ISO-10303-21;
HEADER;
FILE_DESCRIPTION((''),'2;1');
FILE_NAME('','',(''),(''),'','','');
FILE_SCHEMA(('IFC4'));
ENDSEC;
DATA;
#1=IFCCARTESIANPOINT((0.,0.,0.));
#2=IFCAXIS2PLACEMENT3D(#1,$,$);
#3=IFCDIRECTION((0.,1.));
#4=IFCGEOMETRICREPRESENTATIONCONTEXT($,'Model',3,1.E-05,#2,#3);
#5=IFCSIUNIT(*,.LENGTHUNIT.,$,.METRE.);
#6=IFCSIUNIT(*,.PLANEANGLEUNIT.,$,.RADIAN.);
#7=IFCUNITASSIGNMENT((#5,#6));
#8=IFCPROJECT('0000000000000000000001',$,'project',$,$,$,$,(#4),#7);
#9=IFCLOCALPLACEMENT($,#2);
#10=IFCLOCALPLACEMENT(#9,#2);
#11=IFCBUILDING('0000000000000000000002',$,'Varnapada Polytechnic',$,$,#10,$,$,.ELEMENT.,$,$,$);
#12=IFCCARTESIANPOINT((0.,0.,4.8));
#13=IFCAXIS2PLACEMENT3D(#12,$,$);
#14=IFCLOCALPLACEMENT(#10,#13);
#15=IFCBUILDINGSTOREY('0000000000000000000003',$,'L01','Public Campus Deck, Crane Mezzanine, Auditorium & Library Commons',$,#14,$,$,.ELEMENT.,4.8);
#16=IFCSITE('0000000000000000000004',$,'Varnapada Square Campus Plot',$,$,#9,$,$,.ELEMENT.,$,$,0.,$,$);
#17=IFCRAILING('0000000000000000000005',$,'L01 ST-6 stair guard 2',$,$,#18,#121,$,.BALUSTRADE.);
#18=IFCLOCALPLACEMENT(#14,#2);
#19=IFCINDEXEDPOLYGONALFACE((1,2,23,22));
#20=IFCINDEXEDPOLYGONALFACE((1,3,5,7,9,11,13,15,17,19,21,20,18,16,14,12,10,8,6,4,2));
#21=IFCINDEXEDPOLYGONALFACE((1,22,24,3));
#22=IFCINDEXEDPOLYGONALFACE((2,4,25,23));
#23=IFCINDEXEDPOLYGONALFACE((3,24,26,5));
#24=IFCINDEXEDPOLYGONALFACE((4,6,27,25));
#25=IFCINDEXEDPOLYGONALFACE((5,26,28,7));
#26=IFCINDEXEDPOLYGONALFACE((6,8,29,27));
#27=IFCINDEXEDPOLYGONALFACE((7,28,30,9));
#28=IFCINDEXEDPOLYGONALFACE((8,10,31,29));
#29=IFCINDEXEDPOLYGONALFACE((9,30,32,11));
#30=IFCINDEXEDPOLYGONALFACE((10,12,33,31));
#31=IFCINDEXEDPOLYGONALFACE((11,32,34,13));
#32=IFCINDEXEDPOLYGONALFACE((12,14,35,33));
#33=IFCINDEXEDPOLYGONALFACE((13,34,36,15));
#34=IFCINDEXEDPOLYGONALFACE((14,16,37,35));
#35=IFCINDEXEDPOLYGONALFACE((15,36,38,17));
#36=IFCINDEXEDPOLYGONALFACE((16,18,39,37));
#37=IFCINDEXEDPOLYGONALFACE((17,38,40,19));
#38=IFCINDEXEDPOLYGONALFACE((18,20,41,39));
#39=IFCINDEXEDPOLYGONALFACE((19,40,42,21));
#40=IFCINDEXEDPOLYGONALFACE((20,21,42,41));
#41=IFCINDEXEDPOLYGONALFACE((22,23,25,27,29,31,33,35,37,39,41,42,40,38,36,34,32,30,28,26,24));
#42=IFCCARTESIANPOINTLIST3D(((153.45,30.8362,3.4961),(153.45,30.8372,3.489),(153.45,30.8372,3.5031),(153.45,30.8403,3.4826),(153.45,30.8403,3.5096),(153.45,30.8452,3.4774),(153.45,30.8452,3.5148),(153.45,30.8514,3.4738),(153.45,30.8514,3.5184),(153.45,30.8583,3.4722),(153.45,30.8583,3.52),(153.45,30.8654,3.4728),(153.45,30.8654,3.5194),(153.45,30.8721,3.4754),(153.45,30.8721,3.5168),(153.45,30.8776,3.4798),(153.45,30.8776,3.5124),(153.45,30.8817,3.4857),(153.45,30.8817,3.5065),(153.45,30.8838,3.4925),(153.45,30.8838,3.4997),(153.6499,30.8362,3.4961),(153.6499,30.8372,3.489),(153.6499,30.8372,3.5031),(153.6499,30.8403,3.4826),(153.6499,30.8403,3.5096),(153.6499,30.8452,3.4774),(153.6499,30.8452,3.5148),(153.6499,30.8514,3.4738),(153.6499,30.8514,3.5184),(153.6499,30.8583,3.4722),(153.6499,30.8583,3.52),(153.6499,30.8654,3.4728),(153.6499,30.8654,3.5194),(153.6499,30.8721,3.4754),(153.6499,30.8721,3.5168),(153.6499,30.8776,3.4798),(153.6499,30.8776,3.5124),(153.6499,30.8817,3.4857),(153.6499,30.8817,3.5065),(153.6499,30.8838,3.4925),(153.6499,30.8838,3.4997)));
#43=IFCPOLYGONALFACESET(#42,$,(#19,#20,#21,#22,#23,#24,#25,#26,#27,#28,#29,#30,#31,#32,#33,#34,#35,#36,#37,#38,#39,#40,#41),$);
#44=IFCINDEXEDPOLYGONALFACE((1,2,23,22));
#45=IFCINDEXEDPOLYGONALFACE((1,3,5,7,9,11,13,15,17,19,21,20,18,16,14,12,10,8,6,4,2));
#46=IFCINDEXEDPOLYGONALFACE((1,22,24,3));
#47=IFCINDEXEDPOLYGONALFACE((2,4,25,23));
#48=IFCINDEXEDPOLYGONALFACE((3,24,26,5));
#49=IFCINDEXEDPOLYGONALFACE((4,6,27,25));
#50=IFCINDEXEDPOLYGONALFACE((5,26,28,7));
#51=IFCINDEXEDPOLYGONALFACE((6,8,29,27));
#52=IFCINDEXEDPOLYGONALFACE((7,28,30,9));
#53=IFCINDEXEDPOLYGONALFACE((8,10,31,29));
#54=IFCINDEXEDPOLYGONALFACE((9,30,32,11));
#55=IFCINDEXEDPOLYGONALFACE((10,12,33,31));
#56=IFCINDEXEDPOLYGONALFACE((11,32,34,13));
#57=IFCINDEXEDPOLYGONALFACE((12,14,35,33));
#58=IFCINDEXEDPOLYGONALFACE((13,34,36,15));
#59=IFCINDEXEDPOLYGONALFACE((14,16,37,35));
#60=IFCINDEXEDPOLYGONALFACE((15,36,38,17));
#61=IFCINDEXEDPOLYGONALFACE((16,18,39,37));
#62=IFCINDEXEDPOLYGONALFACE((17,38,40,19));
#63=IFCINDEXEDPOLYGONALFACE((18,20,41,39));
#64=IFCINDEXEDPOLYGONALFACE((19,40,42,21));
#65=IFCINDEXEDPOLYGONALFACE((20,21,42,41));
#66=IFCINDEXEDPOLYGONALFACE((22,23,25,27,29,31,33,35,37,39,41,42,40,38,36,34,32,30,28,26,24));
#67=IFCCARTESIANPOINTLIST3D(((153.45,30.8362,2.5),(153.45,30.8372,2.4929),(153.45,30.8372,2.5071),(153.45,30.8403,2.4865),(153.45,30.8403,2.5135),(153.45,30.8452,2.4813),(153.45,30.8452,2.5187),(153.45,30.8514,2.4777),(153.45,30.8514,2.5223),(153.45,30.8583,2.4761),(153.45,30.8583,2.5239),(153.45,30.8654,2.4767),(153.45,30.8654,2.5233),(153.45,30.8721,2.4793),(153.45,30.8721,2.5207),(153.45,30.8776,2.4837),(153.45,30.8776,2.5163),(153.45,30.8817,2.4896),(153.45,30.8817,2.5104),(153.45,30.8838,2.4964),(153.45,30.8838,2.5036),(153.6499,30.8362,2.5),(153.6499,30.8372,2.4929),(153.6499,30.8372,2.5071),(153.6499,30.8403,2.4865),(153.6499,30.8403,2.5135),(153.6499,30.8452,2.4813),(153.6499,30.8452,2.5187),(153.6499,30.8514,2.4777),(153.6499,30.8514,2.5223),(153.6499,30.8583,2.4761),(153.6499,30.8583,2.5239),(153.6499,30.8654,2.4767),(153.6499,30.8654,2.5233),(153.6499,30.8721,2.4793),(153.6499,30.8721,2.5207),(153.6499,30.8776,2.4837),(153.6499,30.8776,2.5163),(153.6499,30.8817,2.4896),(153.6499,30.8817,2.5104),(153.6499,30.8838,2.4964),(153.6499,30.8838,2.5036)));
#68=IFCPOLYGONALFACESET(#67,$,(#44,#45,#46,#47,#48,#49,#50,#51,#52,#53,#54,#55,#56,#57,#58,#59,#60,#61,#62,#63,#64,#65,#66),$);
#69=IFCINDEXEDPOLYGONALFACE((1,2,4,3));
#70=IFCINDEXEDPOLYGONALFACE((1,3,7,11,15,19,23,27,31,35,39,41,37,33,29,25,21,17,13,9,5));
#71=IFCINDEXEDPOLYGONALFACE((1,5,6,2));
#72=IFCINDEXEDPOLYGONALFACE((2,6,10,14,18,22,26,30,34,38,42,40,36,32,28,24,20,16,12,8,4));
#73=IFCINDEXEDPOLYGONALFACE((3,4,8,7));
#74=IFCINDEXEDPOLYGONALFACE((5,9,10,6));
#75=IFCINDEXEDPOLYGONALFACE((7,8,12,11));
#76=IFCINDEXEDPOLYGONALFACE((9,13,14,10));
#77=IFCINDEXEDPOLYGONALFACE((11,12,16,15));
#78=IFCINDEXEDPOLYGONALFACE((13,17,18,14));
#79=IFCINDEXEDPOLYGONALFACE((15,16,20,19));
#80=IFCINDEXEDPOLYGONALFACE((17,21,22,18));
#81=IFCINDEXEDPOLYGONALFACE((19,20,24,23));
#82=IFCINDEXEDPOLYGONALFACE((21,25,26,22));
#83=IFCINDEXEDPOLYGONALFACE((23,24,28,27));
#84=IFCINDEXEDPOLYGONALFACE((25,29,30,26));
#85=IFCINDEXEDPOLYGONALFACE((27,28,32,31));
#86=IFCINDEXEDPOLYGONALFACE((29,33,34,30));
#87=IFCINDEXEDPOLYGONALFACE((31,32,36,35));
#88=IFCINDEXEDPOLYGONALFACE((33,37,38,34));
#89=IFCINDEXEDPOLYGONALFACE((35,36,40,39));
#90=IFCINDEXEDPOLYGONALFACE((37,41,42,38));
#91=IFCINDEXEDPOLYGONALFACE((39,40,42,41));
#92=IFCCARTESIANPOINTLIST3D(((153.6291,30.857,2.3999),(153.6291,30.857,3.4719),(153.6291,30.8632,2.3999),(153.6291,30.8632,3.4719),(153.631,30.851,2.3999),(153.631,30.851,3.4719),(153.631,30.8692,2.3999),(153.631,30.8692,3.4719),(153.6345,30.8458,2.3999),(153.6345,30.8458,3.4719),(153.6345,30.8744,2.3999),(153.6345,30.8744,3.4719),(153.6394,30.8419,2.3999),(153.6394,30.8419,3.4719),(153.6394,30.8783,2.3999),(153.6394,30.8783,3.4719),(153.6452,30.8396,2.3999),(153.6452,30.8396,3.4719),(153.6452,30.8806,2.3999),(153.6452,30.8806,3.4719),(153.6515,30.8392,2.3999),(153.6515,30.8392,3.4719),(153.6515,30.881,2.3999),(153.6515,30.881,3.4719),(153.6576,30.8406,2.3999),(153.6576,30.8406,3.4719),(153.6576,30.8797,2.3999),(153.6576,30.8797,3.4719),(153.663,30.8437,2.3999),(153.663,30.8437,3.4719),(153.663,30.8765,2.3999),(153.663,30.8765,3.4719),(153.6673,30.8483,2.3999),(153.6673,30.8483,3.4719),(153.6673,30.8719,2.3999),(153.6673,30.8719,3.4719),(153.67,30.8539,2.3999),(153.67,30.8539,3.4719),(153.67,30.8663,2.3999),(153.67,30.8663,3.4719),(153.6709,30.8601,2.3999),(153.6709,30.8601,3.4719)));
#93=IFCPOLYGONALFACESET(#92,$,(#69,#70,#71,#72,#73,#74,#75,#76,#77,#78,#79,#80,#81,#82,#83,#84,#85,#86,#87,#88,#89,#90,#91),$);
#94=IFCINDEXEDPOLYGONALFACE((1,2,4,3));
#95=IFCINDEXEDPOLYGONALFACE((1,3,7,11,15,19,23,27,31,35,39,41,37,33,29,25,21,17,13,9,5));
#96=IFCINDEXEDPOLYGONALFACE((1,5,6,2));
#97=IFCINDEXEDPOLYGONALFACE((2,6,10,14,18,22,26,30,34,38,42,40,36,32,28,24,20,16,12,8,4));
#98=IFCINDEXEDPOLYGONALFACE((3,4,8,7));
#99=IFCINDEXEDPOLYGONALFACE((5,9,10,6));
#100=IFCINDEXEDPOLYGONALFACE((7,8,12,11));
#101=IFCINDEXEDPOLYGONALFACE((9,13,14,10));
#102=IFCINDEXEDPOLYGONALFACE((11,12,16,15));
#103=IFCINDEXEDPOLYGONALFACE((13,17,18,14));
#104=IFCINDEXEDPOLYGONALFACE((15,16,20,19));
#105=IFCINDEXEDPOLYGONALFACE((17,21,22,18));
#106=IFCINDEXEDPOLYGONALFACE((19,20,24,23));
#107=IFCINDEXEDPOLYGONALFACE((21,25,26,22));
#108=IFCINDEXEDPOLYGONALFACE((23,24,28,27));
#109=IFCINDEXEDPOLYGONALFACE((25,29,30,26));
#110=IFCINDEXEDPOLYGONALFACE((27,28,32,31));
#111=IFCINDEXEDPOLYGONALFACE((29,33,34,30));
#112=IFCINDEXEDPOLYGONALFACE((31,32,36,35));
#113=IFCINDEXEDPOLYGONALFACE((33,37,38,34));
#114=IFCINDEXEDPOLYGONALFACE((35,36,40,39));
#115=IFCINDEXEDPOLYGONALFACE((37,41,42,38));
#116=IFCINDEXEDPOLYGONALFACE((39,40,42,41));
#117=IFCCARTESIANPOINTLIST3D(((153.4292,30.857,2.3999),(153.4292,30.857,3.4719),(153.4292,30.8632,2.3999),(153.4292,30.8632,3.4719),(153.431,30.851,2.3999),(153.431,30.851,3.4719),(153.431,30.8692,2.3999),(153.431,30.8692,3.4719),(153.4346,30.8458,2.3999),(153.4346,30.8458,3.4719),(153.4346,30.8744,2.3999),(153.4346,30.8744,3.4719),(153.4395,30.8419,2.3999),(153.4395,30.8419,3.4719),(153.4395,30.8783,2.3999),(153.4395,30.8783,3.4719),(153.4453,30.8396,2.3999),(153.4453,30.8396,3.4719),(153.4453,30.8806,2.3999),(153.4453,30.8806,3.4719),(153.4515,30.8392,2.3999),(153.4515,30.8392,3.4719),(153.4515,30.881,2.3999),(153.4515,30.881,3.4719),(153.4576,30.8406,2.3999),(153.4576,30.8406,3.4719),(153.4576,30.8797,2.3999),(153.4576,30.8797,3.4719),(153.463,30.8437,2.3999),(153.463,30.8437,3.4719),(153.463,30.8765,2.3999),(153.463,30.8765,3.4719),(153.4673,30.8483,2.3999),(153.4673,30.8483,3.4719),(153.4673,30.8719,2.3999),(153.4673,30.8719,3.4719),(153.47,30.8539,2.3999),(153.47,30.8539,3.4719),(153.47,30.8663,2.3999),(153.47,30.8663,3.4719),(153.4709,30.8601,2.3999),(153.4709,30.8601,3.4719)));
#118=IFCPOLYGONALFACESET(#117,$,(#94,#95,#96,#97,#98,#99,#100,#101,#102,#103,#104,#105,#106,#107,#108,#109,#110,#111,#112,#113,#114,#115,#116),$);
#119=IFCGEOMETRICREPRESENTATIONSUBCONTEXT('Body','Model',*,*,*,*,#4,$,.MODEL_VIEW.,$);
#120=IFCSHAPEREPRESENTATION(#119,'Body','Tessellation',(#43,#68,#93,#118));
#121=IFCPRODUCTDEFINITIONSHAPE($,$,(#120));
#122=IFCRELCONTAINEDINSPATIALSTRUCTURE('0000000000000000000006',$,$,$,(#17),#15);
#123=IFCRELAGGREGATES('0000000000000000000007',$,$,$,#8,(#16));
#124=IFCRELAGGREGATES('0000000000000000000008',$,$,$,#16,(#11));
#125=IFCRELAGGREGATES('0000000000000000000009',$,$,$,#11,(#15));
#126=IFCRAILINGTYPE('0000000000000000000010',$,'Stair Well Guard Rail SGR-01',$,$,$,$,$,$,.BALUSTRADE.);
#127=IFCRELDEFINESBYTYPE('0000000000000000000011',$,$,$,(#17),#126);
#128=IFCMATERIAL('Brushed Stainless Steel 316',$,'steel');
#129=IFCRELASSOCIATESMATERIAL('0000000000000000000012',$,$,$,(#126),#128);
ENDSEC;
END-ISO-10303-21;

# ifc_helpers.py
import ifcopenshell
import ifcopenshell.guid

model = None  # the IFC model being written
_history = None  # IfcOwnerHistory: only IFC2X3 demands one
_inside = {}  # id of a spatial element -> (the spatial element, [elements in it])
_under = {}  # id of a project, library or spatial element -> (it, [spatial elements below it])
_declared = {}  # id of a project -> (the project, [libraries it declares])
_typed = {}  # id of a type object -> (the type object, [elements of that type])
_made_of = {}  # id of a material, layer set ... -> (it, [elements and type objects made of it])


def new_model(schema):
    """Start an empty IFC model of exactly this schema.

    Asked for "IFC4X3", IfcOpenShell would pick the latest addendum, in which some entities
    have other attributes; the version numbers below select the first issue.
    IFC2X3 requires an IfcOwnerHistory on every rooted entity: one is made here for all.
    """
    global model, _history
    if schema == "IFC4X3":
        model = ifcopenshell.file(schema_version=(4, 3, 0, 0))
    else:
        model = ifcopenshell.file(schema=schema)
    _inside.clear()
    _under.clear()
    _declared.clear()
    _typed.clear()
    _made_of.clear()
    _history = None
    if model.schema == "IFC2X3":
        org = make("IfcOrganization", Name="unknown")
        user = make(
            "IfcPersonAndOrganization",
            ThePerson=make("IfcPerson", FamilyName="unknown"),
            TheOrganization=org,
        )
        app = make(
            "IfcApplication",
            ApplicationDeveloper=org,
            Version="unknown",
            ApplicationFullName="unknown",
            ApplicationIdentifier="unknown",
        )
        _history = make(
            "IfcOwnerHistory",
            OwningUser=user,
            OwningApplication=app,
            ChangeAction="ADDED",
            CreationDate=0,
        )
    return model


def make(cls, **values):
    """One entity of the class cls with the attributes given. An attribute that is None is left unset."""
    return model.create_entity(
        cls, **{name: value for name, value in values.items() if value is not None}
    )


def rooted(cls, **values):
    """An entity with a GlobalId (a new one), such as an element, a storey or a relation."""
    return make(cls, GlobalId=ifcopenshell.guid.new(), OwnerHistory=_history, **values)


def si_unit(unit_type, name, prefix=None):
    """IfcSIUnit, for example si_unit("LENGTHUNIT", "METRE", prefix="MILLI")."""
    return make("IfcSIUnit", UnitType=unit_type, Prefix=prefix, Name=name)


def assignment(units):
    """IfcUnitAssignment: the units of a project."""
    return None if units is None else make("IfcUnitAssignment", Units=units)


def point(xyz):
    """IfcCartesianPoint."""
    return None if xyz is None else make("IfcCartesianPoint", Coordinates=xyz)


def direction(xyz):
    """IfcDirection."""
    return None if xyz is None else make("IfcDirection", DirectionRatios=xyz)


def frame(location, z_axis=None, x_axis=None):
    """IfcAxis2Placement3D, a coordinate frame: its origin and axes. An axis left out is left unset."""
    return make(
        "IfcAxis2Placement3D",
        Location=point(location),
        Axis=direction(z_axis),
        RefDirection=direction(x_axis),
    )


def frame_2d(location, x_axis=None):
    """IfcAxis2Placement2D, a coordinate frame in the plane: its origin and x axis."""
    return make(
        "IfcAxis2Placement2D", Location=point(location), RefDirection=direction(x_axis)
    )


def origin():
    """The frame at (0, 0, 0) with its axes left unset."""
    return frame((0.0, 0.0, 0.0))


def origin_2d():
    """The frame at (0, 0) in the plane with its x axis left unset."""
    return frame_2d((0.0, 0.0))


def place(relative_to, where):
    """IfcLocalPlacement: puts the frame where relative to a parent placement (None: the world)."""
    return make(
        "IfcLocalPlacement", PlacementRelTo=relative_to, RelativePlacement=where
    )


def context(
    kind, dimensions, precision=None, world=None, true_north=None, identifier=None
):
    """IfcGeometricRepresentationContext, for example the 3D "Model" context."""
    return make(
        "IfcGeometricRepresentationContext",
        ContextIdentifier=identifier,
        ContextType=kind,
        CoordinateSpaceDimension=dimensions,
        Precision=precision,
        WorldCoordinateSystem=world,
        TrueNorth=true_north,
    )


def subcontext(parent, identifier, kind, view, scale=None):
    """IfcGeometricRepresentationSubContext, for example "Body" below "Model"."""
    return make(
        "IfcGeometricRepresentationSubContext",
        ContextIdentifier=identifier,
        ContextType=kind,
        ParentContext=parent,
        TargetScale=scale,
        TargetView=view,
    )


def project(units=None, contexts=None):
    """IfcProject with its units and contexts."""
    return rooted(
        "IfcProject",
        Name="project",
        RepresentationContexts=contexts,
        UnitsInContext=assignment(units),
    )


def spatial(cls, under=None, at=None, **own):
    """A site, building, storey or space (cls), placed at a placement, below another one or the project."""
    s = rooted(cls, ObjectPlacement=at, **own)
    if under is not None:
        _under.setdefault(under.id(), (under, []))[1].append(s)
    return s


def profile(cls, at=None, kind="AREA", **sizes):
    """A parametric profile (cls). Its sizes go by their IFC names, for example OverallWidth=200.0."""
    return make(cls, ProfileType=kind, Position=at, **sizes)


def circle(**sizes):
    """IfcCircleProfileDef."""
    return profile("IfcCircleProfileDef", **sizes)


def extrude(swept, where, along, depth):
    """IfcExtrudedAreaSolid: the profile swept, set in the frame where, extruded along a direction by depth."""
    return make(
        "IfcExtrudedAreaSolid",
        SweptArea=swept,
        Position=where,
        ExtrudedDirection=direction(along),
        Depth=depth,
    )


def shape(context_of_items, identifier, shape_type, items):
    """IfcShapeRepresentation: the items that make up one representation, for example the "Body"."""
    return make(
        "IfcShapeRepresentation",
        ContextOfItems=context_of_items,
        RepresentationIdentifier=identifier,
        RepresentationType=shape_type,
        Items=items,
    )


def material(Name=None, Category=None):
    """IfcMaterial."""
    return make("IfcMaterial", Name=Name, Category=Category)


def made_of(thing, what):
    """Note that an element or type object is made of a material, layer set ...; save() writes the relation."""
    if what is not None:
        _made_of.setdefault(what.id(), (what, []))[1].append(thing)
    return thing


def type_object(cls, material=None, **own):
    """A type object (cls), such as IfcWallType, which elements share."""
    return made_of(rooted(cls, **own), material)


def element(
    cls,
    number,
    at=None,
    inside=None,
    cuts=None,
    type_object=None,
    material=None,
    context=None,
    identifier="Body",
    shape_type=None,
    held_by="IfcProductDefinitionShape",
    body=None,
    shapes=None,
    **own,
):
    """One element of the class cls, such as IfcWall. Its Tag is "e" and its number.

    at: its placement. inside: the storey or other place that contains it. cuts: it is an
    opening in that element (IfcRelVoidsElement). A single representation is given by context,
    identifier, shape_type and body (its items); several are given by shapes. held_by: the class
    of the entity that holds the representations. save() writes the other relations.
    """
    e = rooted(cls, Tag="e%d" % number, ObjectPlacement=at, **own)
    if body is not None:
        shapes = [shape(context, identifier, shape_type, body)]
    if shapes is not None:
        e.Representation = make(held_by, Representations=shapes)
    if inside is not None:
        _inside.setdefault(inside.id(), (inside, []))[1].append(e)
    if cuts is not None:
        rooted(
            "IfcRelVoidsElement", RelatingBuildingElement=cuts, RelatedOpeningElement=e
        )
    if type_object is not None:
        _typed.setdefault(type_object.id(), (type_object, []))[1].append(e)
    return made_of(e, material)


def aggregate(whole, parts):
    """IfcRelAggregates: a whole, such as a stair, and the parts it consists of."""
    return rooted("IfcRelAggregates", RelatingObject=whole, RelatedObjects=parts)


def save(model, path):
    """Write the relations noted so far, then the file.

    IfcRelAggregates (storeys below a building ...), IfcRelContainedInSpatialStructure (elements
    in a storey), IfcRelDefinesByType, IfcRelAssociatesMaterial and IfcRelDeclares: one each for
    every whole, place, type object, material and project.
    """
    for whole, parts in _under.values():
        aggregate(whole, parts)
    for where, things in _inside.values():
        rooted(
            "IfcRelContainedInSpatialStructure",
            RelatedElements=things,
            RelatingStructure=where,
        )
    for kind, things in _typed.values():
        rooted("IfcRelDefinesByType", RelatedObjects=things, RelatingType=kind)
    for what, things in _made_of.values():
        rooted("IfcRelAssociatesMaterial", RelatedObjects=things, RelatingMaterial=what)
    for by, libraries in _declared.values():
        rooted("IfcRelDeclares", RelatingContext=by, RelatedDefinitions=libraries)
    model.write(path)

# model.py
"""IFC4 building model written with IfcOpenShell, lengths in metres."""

from ifc_helpers import new_model, si_unit, direction, frame, origin, origin_2d, place, context, subcontext, project, spatial, circle, extrude, material, type_object, element, save


model = new_model("IFC4")

# Units and contexts
model_context = context("Model", 3, precision=1e-05, world=origin(), true_north=direction((0.0, 1.0)))
body_context = subcontext(model_context, "Body", "Model", "MODEL_VIEW")
ifc_project = project(units=[si_unit("LENGTHUNIT", "METRE"), si_unit("PLANEANGLEUNIT", "RADIAN")], contexts=[model_context])

# Site, building, storey
site_placement = place(None, origin())
site = spatial("IfcSite", under=ifc_project, at=site_placement, Name="Varnapada Square Campus Plot", CompositionType="ELEMENT", RefElevation=0.0)
building_placement = place(site_placement, origin())
building = spatial("IfcBuilding", under=site, at=building_placement, Name="Varnapada Polytechnic", CompositionType="ELEMENT")
storey_placement = place(building_placement, frame((0.0, 0.0, 4.8)))
storey = spatial("IfcBuildingStorey", under=building, at=storey_placement, Name="L01", Description="Public Campus Deck, Crane Mezzanine, Auditorium & Library Commons", CompositionType="ELEMENT", Elevation=4.8)

# Shared definitions
ifc_material_1 = material(Name="Brushed Stainless Steel 316", Category="steel")

# Railing
railing_type_1 = type_object("IfcRailingType", Name="Stair Well Guard Rail SGR-01", PredefinedType="BALUSTRADE", material=ifc_material_1)
railing_1_placement = place(storey_placement, frame((153.6499, 30.8601, 2.3999)))
element("IfcRailing", 1, at=railing_1_placement, inside=storey, type_object=railing_type_1, Name="L01 ST-6 stair guard 2", PredefinedType="BALUSTRADE", context=body_context, shape_type="SweptSolid", body=[
    extrude(circle(Radius=0.0239, at=origin_2d()), frame((0.0, 0.0, 1.0962), z_axis=(-1.0, 0.0, 0.0), x_axis=(0.0, -1.0, 0.0)), (0.0, 0.0, 1.0), 0.2),
    extrude(circle(Radius=0.0239, at=origin_2d()), frame((0.0, 0.0, 0.1001), z_axis=(-1.0, 0.0, 0.0), x_axis=(0.0, -1.0, 0.0)), (0.0, 0.0, 1.0), 0.2),
    extrude(circle(Radius=0.021, at=origin_2d()), origin(), (0.0, 0.0, 1.0), 1.072),
    extrude(circle(Radius=0.021, at=origin_2d()), frame((-0.2, 0.0, 0.0)), (0.0, 0.0, 1.0), 1.072),
])

save(model, "model.ifc")
